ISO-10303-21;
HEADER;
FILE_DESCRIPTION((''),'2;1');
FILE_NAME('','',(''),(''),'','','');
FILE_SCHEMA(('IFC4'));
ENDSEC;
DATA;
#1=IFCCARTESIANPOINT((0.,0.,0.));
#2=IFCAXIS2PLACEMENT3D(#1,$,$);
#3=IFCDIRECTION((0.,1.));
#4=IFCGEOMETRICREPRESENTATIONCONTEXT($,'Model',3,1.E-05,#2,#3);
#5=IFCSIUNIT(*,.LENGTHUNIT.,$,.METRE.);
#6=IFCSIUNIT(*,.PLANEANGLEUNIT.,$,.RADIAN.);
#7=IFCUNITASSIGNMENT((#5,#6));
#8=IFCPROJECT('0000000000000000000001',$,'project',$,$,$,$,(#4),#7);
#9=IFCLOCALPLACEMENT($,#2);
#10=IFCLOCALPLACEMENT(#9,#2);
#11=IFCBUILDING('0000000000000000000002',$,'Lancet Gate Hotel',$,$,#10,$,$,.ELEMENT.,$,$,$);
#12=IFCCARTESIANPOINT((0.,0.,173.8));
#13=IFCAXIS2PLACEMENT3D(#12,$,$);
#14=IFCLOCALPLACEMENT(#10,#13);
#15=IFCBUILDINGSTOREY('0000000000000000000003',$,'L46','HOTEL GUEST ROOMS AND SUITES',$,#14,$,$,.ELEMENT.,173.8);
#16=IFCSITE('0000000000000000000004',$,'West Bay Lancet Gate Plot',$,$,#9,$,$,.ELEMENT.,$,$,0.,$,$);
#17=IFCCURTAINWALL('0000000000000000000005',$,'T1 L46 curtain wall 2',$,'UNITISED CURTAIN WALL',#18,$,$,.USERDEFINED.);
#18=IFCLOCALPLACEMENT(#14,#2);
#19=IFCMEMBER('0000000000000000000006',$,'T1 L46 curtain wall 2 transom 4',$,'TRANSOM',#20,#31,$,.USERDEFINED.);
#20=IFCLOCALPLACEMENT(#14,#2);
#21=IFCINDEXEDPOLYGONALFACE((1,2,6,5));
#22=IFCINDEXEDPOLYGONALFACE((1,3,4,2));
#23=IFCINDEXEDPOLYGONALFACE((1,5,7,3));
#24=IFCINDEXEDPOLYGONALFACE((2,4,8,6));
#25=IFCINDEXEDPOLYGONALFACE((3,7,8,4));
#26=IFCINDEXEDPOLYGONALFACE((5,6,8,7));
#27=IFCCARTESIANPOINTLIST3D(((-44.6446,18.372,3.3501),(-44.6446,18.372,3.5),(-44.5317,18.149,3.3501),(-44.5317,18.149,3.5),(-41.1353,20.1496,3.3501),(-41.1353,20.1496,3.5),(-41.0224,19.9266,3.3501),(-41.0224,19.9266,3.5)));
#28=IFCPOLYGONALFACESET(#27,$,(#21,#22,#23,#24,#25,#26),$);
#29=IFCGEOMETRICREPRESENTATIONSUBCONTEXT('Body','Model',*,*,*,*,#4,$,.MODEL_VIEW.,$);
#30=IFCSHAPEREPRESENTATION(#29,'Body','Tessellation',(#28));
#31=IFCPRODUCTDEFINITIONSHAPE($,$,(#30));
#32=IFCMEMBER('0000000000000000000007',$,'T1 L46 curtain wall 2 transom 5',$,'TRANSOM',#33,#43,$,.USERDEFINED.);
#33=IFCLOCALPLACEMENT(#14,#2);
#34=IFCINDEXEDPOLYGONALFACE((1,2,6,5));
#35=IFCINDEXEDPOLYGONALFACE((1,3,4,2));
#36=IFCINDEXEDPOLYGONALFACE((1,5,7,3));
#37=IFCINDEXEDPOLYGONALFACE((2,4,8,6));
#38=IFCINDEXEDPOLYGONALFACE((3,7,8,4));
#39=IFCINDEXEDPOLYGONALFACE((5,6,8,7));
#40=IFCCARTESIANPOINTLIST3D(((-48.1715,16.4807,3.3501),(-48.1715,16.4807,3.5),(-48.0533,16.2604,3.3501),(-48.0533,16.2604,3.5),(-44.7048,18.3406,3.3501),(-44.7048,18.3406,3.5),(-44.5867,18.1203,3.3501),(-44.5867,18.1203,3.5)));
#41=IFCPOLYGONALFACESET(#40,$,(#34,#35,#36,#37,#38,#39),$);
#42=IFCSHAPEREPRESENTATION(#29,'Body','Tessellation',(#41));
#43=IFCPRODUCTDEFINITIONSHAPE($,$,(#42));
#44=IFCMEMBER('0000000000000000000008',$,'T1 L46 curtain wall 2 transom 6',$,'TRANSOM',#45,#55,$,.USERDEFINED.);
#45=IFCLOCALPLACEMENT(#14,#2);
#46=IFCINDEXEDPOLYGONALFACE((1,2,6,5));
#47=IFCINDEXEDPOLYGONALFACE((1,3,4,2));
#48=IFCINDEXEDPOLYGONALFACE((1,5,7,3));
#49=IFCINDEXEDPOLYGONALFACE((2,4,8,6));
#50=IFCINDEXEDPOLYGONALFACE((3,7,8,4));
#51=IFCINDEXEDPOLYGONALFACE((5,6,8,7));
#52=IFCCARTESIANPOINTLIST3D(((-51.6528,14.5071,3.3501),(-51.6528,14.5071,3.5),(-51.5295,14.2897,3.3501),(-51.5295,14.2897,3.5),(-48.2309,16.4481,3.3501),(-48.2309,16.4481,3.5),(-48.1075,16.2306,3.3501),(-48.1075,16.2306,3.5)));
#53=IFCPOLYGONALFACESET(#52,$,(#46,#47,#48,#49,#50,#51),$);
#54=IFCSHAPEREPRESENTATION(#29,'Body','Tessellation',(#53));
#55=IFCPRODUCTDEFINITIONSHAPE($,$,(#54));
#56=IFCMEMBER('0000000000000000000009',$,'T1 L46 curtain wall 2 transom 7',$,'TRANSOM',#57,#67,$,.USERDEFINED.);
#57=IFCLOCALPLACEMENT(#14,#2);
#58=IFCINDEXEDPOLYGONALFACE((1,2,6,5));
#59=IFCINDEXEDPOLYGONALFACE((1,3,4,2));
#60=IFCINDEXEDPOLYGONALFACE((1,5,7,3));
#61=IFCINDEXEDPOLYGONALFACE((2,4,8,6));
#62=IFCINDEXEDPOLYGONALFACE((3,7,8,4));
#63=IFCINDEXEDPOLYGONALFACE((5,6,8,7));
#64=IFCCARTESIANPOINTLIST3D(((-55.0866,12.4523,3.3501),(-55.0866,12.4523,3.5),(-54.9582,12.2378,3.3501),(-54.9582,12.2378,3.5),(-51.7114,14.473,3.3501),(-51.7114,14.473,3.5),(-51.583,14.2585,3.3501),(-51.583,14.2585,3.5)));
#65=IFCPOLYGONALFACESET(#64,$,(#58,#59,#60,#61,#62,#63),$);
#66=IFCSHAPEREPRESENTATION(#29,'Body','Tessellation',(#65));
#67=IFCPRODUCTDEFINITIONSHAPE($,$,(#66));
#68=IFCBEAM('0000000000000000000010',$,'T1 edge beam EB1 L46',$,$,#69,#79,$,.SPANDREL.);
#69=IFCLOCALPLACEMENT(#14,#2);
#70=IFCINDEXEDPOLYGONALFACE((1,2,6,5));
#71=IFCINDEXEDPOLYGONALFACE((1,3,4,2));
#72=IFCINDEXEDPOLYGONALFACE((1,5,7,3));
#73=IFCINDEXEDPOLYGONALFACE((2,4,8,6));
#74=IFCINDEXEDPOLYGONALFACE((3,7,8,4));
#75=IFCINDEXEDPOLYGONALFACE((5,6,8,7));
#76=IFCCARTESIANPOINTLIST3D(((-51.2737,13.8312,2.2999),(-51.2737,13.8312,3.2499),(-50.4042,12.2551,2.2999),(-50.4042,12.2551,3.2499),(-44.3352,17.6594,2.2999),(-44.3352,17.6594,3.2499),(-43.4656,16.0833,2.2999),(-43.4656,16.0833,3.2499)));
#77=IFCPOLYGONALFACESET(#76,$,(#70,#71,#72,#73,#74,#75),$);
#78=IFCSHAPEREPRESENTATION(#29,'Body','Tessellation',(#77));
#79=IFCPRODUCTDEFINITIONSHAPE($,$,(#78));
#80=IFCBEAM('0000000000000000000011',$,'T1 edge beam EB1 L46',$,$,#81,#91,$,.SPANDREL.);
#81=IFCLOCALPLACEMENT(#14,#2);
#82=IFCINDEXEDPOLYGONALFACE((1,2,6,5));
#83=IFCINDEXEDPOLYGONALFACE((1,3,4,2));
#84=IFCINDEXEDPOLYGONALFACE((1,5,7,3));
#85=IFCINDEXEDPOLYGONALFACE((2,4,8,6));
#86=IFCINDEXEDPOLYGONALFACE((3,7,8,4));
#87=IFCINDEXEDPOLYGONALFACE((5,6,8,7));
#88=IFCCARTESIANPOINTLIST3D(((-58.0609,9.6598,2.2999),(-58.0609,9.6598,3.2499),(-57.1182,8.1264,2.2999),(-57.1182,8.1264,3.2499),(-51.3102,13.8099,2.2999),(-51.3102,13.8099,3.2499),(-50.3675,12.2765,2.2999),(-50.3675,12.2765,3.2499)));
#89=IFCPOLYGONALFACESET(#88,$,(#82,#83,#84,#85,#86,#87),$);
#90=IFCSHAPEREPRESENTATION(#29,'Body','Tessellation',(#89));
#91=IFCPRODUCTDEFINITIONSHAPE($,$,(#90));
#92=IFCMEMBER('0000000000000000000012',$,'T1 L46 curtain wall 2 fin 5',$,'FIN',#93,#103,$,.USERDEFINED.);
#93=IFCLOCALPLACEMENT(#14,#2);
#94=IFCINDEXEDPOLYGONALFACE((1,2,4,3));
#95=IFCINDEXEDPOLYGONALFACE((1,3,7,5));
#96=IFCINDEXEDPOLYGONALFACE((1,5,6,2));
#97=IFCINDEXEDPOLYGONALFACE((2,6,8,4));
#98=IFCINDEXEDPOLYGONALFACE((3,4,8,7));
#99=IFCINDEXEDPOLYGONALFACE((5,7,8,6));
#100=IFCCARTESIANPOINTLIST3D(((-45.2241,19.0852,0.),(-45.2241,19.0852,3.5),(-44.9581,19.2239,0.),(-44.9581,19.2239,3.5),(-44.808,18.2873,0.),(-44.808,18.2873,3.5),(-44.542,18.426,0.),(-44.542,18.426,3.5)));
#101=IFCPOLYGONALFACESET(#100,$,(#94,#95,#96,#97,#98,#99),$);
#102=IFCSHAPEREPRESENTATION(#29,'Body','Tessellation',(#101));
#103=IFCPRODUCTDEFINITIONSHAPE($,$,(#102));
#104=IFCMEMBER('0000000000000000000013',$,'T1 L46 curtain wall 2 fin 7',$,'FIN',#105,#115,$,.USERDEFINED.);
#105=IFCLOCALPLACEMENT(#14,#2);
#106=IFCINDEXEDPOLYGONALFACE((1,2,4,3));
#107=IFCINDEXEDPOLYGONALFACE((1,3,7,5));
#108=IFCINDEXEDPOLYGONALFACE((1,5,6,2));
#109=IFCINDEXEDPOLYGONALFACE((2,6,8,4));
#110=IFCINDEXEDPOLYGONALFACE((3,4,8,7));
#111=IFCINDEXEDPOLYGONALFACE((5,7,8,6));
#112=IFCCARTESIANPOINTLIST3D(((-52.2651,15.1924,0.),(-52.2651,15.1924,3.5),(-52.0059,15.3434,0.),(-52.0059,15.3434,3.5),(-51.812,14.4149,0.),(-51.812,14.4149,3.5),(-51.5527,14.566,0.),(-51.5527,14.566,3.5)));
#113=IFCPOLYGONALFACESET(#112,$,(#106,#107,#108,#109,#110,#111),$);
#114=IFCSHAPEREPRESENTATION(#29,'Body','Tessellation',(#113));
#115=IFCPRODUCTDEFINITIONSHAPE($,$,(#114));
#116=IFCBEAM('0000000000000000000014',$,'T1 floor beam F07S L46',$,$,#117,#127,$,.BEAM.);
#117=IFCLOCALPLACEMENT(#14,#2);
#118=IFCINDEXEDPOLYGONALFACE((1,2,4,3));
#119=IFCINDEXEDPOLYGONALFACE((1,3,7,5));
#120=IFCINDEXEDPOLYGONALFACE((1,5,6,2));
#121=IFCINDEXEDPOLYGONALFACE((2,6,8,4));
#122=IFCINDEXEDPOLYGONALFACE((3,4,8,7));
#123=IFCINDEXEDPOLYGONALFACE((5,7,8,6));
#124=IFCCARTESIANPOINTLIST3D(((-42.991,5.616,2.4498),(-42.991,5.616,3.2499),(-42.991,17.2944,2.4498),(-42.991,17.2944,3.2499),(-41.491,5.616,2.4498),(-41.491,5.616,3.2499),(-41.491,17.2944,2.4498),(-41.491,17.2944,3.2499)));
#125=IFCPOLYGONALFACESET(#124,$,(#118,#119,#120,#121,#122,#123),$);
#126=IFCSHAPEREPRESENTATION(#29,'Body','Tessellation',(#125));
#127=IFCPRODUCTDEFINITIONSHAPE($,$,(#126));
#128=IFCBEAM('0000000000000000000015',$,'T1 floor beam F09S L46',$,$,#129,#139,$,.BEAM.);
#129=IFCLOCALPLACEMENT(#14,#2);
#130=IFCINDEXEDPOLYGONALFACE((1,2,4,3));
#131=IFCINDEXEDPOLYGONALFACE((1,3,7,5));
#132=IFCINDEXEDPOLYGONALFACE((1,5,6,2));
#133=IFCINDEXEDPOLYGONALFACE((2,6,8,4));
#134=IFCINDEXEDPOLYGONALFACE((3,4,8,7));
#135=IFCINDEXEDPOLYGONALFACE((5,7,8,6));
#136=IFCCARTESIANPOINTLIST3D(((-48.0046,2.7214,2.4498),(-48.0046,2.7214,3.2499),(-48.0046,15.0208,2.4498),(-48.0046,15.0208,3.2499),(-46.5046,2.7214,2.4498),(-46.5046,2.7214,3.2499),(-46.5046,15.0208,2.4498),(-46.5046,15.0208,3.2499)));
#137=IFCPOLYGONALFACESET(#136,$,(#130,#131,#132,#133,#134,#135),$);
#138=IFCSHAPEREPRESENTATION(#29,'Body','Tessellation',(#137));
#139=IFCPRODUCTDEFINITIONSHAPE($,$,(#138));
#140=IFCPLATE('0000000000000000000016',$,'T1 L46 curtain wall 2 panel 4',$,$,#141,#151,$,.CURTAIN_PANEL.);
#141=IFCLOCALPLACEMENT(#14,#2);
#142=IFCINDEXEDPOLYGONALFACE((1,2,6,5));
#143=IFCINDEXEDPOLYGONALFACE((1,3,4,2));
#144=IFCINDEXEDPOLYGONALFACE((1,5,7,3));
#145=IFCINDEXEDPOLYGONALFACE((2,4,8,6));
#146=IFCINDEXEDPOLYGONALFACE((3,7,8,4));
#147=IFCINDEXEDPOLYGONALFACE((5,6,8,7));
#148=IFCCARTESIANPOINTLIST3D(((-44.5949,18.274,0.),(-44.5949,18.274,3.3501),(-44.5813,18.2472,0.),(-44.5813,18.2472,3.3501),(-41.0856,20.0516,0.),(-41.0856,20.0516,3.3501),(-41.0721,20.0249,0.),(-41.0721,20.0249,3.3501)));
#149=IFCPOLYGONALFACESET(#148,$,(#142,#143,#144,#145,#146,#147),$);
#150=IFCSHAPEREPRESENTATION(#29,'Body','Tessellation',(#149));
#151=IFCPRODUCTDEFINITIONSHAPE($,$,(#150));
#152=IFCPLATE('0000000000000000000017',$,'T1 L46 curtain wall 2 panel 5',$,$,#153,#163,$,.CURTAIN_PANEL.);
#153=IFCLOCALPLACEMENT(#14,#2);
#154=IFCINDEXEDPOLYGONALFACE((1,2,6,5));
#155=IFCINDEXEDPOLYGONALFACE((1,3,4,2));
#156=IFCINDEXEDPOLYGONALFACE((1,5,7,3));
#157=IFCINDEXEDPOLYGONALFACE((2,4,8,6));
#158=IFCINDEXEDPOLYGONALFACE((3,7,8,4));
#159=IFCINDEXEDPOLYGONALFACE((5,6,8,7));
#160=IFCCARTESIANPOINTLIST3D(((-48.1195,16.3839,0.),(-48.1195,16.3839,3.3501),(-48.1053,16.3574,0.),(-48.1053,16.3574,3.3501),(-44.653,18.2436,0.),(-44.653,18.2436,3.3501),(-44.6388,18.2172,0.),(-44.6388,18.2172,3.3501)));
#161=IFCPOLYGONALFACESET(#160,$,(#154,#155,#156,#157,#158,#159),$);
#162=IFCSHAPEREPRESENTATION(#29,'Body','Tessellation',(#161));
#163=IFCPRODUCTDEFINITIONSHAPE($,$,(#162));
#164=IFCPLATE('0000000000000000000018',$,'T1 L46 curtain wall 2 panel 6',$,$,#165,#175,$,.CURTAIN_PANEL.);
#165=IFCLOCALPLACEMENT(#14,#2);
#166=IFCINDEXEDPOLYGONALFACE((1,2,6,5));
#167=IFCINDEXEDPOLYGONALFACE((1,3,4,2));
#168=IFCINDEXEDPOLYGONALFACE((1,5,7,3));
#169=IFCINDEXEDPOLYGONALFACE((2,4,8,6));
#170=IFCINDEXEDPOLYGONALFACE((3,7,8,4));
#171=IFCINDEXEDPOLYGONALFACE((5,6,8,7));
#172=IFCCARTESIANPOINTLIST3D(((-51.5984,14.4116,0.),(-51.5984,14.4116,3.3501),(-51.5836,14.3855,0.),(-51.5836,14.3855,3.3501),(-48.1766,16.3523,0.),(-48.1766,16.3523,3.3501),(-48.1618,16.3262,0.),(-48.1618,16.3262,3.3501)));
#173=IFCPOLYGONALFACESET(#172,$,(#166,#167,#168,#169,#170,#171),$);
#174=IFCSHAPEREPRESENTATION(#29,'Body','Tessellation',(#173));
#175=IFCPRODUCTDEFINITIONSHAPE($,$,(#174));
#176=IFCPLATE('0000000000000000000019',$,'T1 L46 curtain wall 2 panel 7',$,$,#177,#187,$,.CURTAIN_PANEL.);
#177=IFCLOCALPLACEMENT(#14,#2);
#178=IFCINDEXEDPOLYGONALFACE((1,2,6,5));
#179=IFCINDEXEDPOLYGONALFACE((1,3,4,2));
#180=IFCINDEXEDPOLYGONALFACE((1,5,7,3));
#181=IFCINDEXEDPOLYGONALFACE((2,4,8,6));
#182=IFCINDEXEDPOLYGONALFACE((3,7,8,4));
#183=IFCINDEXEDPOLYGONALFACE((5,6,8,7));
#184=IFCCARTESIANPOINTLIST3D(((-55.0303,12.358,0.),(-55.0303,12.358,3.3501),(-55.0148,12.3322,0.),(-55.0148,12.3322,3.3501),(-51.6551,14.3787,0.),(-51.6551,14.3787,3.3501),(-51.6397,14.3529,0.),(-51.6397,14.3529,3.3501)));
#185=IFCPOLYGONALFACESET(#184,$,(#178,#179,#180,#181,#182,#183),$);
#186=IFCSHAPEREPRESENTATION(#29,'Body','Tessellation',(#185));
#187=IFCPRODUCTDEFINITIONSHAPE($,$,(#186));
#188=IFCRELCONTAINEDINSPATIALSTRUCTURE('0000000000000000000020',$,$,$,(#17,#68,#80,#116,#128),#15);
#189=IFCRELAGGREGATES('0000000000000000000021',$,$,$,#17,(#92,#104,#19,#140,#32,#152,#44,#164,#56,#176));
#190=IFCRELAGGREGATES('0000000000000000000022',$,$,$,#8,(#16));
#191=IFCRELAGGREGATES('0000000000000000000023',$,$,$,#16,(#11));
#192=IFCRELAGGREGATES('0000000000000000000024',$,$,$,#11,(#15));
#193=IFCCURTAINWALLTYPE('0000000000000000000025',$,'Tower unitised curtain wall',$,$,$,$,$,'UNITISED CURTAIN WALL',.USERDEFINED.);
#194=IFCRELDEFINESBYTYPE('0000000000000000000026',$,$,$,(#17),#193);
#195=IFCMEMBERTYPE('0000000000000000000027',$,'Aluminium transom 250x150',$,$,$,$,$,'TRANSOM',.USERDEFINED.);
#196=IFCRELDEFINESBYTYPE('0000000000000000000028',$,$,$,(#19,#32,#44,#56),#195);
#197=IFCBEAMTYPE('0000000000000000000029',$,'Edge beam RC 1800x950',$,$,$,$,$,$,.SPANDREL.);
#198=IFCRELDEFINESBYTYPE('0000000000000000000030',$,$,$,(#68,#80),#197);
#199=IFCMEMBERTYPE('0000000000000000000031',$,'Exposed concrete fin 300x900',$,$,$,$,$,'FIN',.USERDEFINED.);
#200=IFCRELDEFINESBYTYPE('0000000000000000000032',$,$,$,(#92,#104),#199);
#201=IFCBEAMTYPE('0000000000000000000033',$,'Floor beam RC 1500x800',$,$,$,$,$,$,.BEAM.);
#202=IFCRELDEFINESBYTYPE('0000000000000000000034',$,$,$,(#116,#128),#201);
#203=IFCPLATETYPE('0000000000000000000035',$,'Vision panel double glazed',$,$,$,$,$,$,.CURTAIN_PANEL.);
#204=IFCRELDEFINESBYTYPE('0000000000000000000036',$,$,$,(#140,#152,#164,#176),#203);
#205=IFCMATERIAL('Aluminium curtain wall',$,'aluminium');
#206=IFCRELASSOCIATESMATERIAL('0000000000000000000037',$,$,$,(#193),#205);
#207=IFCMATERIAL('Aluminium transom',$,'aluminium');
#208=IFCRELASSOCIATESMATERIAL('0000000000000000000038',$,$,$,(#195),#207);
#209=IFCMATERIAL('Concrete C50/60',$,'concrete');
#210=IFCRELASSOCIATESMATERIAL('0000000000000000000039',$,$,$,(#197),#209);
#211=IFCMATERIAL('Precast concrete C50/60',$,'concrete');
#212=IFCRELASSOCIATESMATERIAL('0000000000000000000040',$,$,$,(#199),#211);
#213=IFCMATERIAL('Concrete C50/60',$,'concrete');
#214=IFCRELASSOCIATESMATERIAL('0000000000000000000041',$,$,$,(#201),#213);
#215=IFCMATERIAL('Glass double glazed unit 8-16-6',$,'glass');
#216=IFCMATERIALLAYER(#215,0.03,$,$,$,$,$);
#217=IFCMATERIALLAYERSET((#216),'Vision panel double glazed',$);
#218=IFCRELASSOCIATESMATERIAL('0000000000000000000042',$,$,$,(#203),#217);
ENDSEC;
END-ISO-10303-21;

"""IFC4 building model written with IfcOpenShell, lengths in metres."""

from ifc_helpers import new_model, si_unit, direction, frame, origin, origin_2d, place, context, subcontext, project, spatial, rectangle, extrude, material, layer, layer_set, material_profile, profile_set, type_object, element, aggregate, save


model = new_model("IFC4")

# Units and contexts
model_context = context("Model", 3, precision=1e-05, world=origin(), true_north=direction((0.0, 1.0)))
body_context = subcontext(model_context, "Body", "Model", "MODEL_VIEW")
ifc_project = project(units=[si_unit("LENGTHUNIT", "METRE"), si_unit("PLANEANGLEUNIT", "RADIAN")], contexts=[model_context])

# Site, building, storey
site_placement = place(None, origin())
site = spatial("IfcSite", under=ifc_project, at=site_placement, Name="West Bay Lancet Gate Plot", CompositionType="ELEMENT", RefElevation=0.0)
building_placement = place(site_placement, origin())
building = spatial("IfcBuilding", under=site, at=building_placement, Name="Lancet Gate Hotel", CompositionType="ELEMENT")
storey_placement = place(building_placement, frame((0.0, 0.0, 173.8)))
storey = spatial("IfcBuildingStorey", under=building, at=storey_placement, Name="L46", Description="HOTEL GUEST ROOMS AND SUITES", CompositionType="ELEMENT", Elevation=173.8)

# Curtain wall, members
ifc_material_1 = material(Name="Aluminium curtain wall", Category="aluminium")
curtain_wall_type = type_object("IfcCurtainWallType", Name="Tower unitised curtain wall", ElementType="UNITISED CURTAIN WALL", PredefinedType="USERDEFINED", material=ifc_material_1)
curtain_wall_placement = place(storey_placement, origin())
curtain_wall = element("IfcCurtainWall", 1, at=curtain_wall_placement, inside=storey, type_object=curtain_wall_type, Name="T1 L46 curtain wall 2", ObjectType="UNITISED CURTAIN WALL", PredefinedType="USERDEFINED")
ifc_material_2 = material(Name="Aluminium transom", Category="aluminium")
ifc_material_profile_1 = material_profile(ifc_material_2, rectangle(XDim=0.25, YDim=0.1499, at=origin_2d()), Name="TRANSOM 250x150")
ifc_profile_set_1 = profile_set([ifc_material_profile_1], Name="Aluminium transom")
member_type_1 = type_object("IfcMemberType", Name="Aluminium transom 250x150", ElementType="TRANSOM", PredefinedType="USERDEFINED", material=ifc_profile_set_1)
member_1_placement = place(storey_placement, frame((-41.0789, 20.0381, 3.425), z_axis=(-0.892081, -0.451875, 0.0), x_axis=(0.451875, -0.892081, 0.0)))
member_1 = element("IfcMember", 2, at=member_1_placement, type_object=member_type_1, Name="T1 L46 curtain wall 2 transom 4", ObjectType="TRANSOM", PredefinedType="USERDEFINED", context=body_context, shape_type="SweptSolid", body=[
    extrude(rectangle(XDim=0.25, YDim=0.1499, at=origin_2d()), origin(), (0.0, 0.0, 1.0), 3.9338),
])
member_2_placement = place(storey_placement, frame((-44.6458, 18.2305, 3.425), z_axis=(-0.881185, -0.472771, 0.0), x_axis=(0.472771, -0.881185, 0.0)))
member_2 = element("IfcMember", 3, at=member_2_placement, type_object=member_type_1, Name="T1 L46 curtain wall 2 transom 5", ObjectType="TRANSOM", PredefinedType="USERDEFINED", context=body_context, shape_type="SweptSolid", body=[
    extrude(rectangle(XDim=0.25, YDim=0.1499, at=origin_2d()), origin(), (0.0, 0.0, 1.0), 3.9341),
])
member_3_placement = place(storey_placement, frame((-48.1692, 16.3394, 3.425), z_axis=(-0.86982, -0.49337, 0.0), x_axis=(0.49337, -0.86982, 0.0)))
member_3 = element("IfcMember", 4, at=member_3_placement, type_object=member_type_1, Name="T1 L46 curtain wall 2 transom 6", ObjectType="TRANSOM", PredefinedType="USERDEFINED", context=body_context, shape_type="SweptSolid", body=[
    extrude(rectangle(XDim=0.25, YDim=0.1499, at=origin_2d()), origin(), (0.0, 0.0, 1.0), 3.9341),
])
member_4_placement = place(storey_placement, frame((-51.6472, 14.3657, 3.425), z_axis=(-0.857985, -0.513674, 0.0), x_axis=(0.513674, -0.857985, 0.0)))
member_4 = element("IfcMember", 5, at=member_4_placement, type_object=member_type_1, Name="T1 L46 curtain wall 2 transom 7", ObjectType="TRANSOM", PredefinedType="USERDEFINED", context=body_context, shape_type="SweptSolid", body=[
    extrude(rectangle(XDim=0.25, YDim=0.1499, at=origin_2d()), origin(), (0.0, 0.0, 1.0), 3.9338),
])

# Beams
ifc_material_3 = material(Name="Concrete C50/60", Category="concrete")
ifc_material_profile_2 = material_profile(ifc_material_3, rectangle(XDim=1.8, YDim=0.95, at=origin_2d()), Name="RC 1800x950")
ifc_profile_set_2 = profile_set([ifc_material_profile_2], Name="Concrete C50/60")
beam_type_1 = type_object("IfcBeamType", Name="Edge beam RC 1800x950", PredefinedType="SPANDREL", material=ifc_profile_set_2)
beam_1_placement = place(storey_placement, frame((-43.9004, 16.8713, 2.7749), z_axis=(-0.875578, -0.483077, 0.0), x_axis=(0.483077, -0.875578, 0.0)))
element("IfcBeam", 6, at=beam_1_placement, inside=storey, type_object=beam_type_1, Name="T1 edge beam EB1 L46", PredefinedType="SPANDREL", context=body_context, shape_type="SweptSolid", body=[
    extrude(rectangle(XDim=1.8, YDim=0.95, at=origin_2d()), origin(), (0.0, 0.0, 1.0), 7.9246),
])
beam_2_placement = place(storey_placement, frame((-50.8389, 13.0432, 2.7749), z_axis=(-0.851892, -0.523717, 0.0), x_axis=(0.523717, -0.851892, 0.0)))
element("IfcBeam", 7, at=beam_2_placement, inside=storey, type_object=beam_type_1, Name="T1 edge beam EB1 L46", PredefinedType="SPANDREL", context=body_context, shape_type="SweptSolid", body=[
    extrude(rectangle(XDim=1.8, YDim=0.95, at=origin_2d()), origin(), (0.0, 0.0, 1.0), 7.9243),
])

# Members
ifc_material_4 = material(Name="Precast concrete C50/60", Category="concrete")
ifc_material_profile_3 = material_profile(ifc_material_4, rectangle(XDim=0.3, YDim=0.8999, at=origin_2d()), Name="FIN 300x900")
ifc_profile_set_3 = profile_set([ifc_material_profile_3], Name="Precast concrete C50/60")
member_type_2 = type_object("IfcMemberType", Name="Exposed concrete fin 300x900", ElementType="FIN", PredefinedType="USERDEFINED", material=ifc_profile_set_3)
member_5_placement = place(storey_placement, frame((-44.8831, 18.7556, 0.0), z_axis=(0.0, 0.0, 1.0), x_axis=(-0.886694, -0.462356, 0.0)))
member_5 = element("IfcMember", 8, at=member_5_placement, type_object=member_type_2, Name="T1 L46 curtain wall 2 fin 5", ObjectType="FIN", PredefinedType="USERDEFINED", context=body_context, shape_type="SweptSolid", body=[
    extrude(rectangle(XDim=0.3, YDim=0.8999, at=origin_2d()), origin(), (0.0, 0.0, 1.0), 3.5),
])
member_6_placement = place(storey_placement, frame((-51.9089, 14.8792, 0.0), z_axis=(0.0, 0.0, 1.0), x_axis=(-0.863969, -0.503545, 0.0)))
member_6 = element("IfcMember", 9, at=member_6_placement, type_object=member_type_2, Name="T1 L46 curtain wall 2 fin 7", ObjectType="FIN", PredefinedType="USERDEFINED", context=body_context, shape_type="SweptSolid", body=[
    extrude(rectangle(XDim=0.3, YDim=0.8999, at=origin_2d()), origin(), (0.0, 0.0, 1.0), 3.5),
])

# Beams
ifc_material_5 = material(Name="Concrete C50/60", Category="concrete")
ifc_material_profile_4 = material_profile(ifc_material_5, rectangle(XDim=1.5, YDim=0.8, at=origin_2d()), Name="RC 1500x800")
ifc_profile_set_4 = profile_set([ifc_material_profile_4], Name="Concrete C50/60")
beam_type_2 = type_object("IfcBeamType", Name="Floor beam RC 1500x800", PredefinedType="BEAM", material=ifc_profile_set_4)
beam_3_placement = place(storey_placement, frame((-42.241, 17.2944, 2.8499), z_axis=(0.0, -1.0, 0.0), x_axis=(1.0, 0.0, 0.0)))
element("IfcBeam", 10, at=beam_3_placement, inside=storey, type_object=beam_type_2, Name="T1 floor beam F07S L46", PredefinedType="BEAM", context=body_context, shape_type="SweptSolid", body=[
    extrude(rectangle(XDim=1.5, YDim=0.8, at=origin_2d()), origin(), (0.0, 0.0, 1.0), 11.6785),
])
beam_4_placement = place(storey_placement, frame((-47.2546, 15.0208, 2.8499), z_axis=(0.0, -1.0, 0.0), x_axis=(1.0, 0.0, 0.0)))
element("IfcBeam", 11, at=beam_4_placement, inside=storey, type_object=beam_type_2, Name="T1 floor beam F09S L46", PredefinedType="BEAM", context=body_context, shape_type="SweptSolid", body=[
    extrude(rectangle(XDim=1.5, YDim=0.8, at=origin_2d()), origin(), (0.0, 0.0, 1.0), 12.2993),
])

# Plates
ifc_material_6 = material(Name="Glass double glazed unit 8-16-6", Category="glass")
ifc_layer_1 = layer(ifc_material_6, 0.03)
ifc_layer_set_1 = layer_set([ifc_layer_1], Name="Vision panel double glazed")
plate_type = type_object("IfcPlateType", Name="Vision panel double glazed", PredefinedType="CURTAIN_PANEL", material=ifc_layer_set_1)
plate_1_placement = place(storey_placement, frame((-42.8335, 19.1494, 0.0), z_axis=(0.0, 0.0, 1.0), x_axis=(-0.892071, -0.451895, 0.0)))
plate_1 = element("IfcPlate", 12, at=plate_1_placement, type_object=plate_type, Name="T1 L46 curtain wall 2 panel 4", PredefinedType="CURTAIN_PANEL", context=body_context, shape_type="SweptSolid", body=[
    extrude(rectangle(XDim=3.9338, YDim=0.03, at=origin_2d()), origin(), (0.0, 0.0, 1.0), 3.3501),
])
plate_2_placement = place(storey_placement, frame((-46.3792, 17.3005, 0.0), z_axis=(0.0, 0.0, 1.0), x_axis=(-0.881195, -0.472753, 0.0)))
plate_2 = element("IfcPlate", 13, at=plate_2_placement, type_object=plate_type, Name="T1 L46 curtain wall 2 panel 5", PredefinedType="CURTAIN_PANEL", context=body_context, shape_type="SweptSolid", body=[
    extrude(rectangle(XDim=3.9338, YDim=0.03, at=origin_2d()), origin(), (0.0, 0.0, 1.0), 3.3501),
])
plate_3_placement = place(storey_placement, frame((-49.8801, 15.3689, 0.0), z_axis=(0.0, 0.0, 1.0), x_axis=(-0.869831, -0.493349, 0.0)))
plate_3 = element("IfcPlate", 14, at=plate_3_placement, type_object=plate_type, Name="T1 L46 curtain wall 2 panel 6", PredefinedType="CURTAIN_PANEL", context=body_context, shape_type="SweptSolid", body=[
    extrude(rectangle(XDim=3.9338, YDim=0.03, at=origin_2d()), origin(), (0.0, 0.0, 1.0), 3.3501),
])
plate_4_placement = place(storey_placement, frame((-53.335, 13.3555, 0.0), z_axis=(0.0, 0.0, 1.0), x_axis=(-0.857987, -0.513672, 0.0)))
plate_4 = element("IfcPlate", 15, at=plate_4_placement, type_object=plate_type, Name="T1 L46 curtain wall 2 panel 7", PredefinedType="CURTAIN_PANEL", context=body_context, shape_type="SweptSolid", body=[
    extrude(rectangle(XDim=3.9338, YDim=0.03, at=origin_2d()), origin(), (0.0, 0.0, 1.0), 3.3501),
])
aggregate(curtain_wall, [member_5, member_6, member_1, plate_1, member_2, plate_2, member_3, plate_3, member_4, plate_4])

save(model, "model.ifc")
